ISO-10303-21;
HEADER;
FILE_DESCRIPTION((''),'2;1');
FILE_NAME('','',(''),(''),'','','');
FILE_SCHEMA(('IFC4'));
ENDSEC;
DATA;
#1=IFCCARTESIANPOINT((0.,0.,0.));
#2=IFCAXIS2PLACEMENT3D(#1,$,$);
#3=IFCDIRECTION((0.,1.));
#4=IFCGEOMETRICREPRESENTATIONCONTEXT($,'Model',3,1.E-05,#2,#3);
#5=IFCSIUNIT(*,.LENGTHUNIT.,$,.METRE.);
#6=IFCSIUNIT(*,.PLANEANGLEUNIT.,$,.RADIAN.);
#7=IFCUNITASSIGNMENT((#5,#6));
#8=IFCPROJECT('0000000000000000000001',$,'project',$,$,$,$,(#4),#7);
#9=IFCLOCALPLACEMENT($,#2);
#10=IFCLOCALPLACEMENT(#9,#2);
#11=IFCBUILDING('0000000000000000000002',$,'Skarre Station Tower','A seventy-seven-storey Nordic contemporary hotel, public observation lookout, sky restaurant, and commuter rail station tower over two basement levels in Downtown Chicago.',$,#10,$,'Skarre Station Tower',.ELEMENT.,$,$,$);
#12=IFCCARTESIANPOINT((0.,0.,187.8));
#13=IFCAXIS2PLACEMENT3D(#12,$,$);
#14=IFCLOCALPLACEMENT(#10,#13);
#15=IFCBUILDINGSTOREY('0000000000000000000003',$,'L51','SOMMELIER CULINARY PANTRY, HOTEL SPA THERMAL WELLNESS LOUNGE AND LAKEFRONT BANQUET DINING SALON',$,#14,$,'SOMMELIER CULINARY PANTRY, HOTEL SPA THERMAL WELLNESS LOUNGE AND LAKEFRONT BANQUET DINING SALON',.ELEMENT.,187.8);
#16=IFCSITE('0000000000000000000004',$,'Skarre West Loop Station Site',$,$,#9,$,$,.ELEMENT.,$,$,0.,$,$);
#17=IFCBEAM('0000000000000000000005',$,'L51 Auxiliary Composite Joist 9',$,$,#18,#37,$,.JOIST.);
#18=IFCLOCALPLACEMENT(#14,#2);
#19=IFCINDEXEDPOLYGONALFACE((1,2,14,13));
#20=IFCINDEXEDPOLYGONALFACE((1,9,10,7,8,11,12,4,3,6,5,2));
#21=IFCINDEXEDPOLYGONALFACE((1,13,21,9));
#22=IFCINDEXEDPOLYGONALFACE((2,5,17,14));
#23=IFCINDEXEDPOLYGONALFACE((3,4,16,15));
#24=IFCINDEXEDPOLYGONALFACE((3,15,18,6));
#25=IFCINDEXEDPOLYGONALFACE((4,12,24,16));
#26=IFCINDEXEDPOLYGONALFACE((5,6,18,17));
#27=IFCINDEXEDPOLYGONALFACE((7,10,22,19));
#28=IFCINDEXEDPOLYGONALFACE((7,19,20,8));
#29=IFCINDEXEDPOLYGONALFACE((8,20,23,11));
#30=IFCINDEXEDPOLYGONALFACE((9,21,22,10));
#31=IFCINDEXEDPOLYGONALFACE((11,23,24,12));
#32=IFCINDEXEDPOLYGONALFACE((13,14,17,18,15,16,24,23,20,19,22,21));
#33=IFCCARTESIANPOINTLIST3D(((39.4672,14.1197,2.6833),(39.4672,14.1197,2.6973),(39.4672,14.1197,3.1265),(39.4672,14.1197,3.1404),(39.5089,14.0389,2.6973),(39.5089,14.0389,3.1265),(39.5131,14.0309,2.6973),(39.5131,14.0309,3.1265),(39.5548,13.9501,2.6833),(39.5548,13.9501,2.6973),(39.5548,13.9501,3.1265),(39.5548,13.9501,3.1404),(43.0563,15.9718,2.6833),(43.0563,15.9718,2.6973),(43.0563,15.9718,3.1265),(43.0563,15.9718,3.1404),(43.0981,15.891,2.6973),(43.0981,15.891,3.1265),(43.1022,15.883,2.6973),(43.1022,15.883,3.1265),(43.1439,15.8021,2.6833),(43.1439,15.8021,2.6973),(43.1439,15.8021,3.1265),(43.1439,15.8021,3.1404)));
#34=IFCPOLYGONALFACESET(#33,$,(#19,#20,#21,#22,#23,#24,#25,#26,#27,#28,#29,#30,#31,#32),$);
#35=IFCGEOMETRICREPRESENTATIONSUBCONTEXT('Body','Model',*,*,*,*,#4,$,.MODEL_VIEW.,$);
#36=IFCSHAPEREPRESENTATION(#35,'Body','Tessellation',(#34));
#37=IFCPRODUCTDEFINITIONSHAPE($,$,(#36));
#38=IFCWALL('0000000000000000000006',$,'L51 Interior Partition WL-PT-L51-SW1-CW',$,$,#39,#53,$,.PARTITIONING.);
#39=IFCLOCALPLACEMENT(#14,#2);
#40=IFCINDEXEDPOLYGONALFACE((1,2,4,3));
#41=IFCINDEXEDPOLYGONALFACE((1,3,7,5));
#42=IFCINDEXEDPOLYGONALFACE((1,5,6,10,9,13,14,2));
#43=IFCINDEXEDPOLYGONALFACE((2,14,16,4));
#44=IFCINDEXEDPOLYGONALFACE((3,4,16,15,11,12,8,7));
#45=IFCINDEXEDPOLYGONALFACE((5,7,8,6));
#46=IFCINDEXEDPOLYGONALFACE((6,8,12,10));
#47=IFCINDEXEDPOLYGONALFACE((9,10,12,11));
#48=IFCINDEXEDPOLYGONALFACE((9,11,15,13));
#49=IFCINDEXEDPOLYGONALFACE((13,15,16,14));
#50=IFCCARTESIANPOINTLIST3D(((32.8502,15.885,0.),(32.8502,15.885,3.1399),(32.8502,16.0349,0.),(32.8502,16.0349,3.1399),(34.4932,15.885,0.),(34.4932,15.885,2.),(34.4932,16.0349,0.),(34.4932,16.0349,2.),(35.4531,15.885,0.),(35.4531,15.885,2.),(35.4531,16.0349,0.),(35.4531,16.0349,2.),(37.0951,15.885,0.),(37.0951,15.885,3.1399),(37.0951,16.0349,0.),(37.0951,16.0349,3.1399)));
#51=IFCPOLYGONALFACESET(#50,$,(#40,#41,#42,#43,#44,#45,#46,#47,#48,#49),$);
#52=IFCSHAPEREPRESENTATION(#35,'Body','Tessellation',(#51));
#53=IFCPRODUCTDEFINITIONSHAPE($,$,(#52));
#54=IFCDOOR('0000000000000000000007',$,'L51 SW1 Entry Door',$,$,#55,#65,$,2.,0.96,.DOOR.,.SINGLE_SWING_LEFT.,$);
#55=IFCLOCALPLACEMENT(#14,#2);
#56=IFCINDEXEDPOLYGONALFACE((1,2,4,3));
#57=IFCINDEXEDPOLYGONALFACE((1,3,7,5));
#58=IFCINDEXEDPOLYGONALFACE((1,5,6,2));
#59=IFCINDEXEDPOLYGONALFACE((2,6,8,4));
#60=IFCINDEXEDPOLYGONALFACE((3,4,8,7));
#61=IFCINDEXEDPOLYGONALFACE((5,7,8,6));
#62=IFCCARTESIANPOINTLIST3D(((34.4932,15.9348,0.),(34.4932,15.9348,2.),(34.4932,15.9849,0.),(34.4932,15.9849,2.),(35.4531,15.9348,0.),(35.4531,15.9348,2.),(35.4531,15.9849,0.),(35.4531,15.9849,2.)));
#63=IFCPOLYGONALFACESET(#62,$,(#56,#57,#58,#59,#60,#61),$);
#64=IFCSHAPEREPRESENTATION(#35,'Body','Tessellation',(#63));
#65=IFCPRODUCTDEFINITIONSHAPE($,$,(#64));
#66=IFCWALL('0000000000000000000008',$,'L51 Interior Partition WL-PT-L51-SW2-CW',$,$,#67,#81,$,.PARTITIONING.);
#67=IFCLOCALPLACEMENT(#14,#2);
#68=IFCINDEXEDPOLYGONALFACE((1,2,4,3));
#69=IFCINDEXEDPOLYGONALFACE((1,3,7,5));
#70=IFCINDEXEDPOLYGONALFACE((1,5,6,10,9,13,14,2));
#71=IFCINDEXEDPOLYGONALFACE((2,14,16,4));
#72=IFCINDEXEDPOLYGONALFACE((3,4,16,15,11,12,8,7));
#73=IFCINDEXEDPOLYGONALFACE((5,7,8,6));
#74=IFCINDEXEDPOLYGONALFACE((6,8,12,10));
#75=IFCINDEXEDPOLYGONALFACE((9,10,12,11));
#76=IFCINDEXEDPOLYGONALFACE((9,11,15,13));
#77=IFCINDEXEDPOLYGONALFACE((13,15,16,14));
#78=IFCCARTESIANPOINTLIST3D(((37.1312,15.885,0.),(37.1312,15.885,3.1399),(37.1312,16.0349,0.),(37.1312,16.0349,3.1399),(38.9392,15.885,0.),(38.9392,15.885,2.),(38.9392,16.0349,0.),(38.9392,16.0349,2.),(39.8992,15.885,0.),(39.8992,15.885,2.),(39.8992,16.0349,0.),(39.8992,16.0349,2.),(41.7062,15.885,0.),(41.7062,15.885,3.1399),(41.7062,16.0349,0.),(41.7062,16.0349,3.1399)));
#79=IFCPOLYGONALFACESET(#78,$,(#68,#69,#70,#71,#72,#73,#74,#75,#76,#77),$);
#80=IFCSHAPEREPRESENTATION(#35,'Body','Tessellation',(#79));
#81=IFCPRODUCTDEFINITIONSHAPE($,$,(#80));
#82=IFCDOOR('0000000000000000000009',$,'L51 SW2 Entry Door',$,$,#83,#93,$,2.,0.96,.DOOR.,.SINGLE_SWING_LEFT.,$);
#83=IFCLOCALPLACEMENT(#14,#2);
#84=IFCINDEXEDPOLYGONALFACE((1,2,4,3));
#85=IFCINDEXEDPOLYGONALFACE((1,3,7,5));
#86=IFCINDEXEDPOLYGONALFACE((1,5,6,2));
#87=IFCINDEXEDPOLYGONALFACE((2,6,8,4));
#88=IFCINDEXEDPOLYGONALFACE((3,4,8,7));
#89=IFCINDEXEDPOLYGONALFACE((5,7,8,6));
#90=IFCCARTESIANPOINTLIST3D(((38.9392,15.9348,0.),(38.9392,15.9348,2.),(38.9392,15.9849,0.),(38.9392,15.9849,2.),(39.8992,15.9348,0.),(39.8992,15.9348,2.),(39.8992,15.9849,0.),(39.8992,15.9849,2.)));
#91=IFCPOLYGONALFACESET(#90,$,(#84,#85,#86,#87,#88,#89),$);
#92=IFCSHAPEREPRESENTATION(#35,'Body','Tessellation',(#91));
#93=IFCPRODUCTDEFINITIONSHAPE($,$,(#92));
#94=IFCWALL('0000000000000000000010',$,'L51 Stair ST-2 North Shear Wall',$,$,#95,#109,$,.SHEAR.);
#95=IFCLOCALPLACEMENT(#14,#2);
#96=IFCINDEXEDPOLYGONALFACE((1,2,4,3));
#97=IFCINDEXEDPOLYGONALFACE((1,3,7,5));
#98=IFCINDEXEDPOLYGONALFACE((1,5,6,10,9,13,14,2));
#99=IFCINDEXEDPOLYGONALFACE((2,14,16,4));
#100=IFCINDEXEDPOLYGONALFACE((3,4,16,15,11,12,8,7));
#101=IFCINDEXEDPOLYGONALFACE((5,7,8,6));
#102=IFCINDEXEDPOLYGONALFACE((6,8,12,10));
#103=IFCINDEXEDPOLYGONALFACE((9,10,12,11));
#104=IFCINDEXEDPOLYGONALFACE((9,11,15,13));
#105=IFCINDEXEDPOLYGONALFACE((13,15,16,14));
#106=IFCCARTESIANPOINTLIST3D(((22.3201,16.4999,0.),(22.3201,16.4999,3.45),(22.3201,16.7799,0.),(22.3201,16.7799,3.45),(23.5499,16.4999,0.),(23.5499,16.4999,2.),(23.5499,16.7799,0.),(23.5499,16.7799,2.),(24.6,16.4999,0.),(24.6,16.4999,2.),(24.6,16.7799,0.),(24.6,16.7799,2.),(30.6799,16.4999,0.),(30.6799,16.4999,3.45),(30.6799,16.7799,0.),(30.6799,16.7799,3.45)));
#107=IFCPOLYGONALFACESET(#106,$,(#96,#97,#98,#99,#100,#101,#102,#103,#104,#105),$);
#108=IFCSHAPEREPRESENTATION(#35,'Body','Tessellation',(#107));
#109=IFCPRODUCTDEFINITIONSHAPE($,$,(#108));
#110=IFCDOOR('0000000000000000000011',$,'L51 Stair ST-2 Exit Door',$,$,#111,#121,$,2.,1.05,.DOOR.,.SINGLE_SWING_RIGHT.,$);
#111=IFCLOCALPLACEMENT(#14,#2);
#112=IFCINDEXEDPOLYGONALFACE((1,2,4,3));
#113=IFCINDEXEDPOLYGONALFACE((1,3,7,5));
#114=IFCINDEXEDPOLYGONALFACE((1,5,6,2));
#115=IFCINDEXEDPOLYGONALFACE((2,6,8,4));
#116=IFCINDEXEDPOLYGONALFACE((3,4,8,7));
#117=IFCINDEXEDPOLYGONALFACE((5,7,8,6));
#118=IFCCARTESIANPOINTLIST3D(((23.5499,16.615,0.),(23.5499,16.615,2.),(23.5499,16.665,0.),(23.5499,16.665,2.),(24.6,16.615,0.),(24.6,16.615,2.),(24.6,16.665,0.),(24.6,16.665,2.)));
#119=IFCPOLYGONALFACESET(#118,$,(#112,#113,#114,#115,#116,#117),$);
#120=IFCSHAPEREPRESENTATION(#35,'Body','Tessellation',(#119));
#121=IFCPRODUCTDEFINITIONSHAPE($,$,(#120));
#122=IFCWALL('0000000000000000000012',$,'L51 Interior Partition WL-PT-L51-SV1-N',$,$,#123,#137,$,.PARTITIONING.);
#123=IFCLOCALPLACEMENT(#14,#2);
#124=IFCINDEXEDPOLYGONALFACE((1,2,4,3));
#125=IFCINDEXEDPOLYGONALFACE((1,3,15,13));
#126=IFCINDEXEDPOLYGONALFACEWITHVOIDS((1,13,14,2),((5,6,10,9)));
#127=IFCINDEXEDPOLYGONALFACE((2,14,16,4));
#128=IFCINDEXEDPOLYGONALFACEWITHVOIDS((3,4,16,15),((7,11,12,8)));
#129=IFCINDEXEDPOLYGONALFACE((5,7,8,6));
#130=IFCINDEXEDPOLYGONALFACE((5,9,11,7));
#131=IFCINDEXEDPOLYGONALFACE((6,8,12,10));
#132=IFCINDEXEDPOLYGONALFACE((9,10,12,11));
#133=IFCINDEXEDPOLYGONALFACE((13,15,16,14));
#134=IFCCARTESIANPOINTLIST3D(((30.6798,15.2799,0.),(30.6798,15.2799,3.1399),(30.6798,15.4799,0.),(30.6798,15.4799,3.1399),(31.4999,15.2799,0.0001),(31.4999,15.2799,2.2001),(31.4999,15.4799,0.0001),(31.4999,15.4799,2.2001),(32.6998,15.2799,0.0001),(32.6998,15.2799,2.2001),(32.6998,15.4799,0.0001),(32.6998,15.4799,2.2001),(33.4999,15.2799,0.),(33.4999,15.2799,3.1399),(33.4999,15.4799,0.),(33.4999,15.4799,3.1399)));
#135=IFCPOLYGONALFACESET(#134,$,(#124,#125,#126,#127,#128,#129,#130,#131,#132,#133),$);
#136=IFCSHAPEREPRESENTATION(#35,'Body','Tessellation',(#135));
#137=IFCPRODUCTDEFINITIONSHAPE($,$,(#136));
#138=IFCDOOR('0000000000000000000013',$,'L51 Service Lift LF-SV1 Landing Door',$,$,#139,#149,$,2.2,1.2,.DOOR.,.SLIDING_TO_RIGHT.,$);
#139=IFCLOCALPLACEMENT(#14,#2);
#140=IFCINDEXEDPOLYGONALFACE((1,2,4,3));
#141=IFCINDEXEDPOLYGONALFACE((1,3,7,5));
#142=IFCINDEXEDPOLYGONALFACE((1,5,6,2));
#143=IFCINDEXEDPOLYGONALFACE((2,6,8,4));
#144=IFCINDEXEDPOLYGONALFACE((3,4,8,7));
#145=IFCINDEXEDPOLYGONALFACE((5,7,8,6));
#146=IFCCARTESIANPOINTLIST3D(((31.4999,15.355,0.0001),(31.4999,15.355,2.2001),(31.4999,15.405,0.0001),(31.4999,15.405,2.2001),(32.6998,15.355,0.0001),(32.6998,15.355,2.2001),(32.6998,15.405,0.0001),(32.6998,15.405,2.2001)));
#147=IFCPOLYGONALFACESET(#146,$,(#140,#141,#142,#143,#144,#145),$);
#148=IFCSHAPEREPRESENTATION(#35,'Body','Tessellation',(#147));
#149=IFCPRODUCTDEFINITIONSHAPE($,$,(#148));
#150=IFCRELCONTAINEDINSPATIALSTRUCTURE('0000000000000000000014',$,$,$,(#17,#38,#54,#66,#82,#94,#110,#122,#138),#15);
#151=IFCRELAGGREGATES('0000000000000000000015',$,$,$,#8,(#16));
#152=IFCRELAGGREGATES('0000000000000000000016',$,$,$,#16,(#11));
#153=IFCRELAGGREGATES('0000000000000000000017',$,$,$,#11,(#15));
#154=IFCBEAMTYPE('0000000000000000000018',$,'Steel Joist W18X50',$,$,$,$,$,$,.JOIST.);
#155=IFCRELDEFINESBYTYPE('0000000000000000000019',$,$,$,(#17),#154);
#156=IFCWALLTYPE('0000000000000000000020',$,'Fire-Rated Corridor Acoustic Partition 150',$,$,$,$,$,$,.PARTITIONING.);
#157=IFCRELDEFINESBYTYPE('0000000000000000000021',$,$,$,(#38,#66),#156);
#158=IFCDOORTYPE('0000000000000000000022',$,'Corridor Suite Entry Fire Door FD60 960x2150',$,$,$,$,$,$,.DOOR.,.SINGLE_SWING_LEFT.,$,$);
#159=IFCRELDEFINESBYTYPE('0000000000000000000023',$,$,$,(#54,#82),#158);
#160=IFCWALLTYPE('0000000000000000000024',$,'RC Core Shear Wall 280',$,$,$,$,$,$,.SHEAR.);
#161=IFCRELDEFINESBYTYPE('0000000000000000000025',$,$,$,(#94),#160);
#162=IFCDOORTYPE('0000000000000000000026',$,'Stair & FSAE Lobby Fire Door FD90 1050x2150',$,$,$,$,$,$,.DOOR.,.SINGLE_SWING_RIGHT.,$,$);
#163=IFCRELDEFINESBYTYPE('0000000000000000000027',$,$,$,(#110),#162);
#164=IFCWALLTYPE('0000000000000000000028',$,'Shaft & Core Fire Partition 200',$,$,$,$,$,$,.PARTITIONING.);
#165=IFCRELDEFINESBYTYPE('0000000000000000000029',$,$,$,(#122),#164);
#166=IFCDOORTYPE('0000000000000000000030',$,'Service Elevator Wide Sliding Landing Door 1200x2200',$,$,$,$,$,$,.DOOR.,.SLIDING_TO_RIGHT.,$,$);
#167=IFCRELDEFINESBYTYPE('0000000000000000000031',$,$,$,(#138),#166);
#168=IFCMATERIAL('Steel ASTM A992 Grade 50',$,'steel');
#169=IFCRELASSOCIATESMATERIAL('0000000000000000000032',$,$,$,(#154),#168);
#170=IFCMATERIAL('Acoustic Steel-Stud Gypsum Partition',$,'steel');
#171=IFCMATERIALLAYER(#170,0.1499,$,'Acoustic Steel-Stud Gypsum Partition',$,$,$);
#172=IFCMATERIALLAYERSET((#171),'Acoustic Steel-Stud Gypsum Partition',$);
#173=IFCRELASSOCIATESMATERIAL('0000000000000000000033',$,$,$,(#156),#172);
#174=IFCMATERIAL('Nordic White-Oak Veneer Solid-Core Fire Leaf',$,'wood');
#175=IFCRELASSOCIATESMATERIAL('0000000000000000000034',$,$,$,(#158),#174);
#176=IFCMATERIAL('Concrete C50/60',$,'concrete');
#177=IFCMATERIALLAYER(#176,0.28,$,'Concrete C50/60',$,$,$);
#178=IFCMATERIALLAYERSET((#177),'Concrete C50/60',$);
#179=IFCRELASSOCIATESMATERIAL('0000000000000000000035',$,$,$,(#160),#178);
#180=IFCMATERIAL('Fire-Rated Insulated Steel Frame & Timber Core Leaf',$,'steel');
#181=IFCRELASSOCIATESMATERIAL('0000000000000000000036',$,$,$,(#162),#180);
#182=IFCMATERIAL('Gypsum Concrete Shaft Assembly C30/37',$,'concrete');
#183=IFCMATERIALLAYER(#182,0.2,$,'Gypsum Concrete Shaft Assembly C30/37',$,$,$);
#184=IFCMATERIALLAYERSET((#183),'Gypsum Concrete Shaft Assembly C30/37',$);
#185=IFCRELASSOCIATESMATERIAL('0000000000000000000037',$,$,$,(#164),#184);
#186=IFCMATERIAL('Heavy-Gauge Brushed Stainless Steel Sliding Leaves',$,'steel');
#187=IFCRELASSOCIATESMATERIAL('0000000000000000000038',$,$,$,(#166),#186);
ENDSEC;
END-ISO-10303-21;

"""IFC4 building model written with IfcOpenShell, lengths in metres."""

from ifc_helpers import new_model, si_unit, direction, frame, frame_2d, origin, origin_2d, place, context, subcontext, project, spatial, rectangle, i_section, extrude, material, layer, layer_set, material_profile, profile_set, type_object, element, fill, save


model = new_model("IFC4")

# Units and contexts
model_context = context("Model", 3, precision=1e-05, world=origin(), true_north=direction((0.0, 1.0)))
body_context = subcontext(model_context, "Body", "Model", "MODEL_VIEW")
ifc_project = project(units=[si_unit("LENGTHUNIT", "METRE"), si_unit("PLANEANGLEUNIT", "RADIAN")], contexts=[model_context])

# Site, building, storey
site_placement = place(None, origin())
site = spatial("IfcSite", under=ifc_project, at=site_placement, Name="Skarre West Loop Station Site", CompositionType="ELEMENT", RefElevation=0.0)
building_placement = place(site_placement, origin())
building = spatial("IfcBuilding", under=site, at=building_placement, Name="Skarre Station Tower", Description="A seventy-seven-storey Nordic contemporary hotel, public observation lookout, sky restaurant, and commuter rail station tower over two basement levels in Downtown Chicago.", LongName="Skarre Station Tower", CompositionType="ELEMENT")
storey_placement = place(building_placement, frame((0.0, 0.0, 187.8)))
storey = spatial("IfcBuildingStorey", under=building, at=storey_placement, Name="L51", Description="SOMMELIER CULINARY PANTRY, HOTEL SPA THERMAL WELLNESS LOUNGE AND LAKEFRONT BANQUET DINING SALON", LongName="SOMMELIER CULINARY PANTRY, HOTEL SPA THERMAL WELLNESS LOUNGE AND LAKEFRONT BANQUET DINING SALON", CompositionType="ELEMENT", Elevation=187.8)

# Beam
ifc_material_1 = material(Name="Steel ASTM A992 Grade 50", Category="steel")
ifc_material_profile_1 = material_profile(ifc_material_1, i_section(OverallWidth=0.1909, OverallDepth=0.457, WebThickness=0.009, FlangeThickness=0.0139, at=origin_2d()), Name="Steel ASTM A992 Grade 50")
ifc_profile_set_1 = profile_set([ifc_material_profile_1], Name="Steel ASTM A992 Grade 50")
beam_type_1 = type_object("IfcBeamType", Name="Steel Joist W18X50", PredefinedType="JOIST", material=ifc_profile_set_1)
beam_1_placement = place(storey_placement, frame((39.511, 14.0349, 2.9119), z_axis=(0.88866, 0.458566, 0.0), x_axis=(-0.458566, 0.88866, 0.0)))
element("IfcBeam", 1, at=beam_1_placement, inside=storey, type_object=beam_type_1, Name="L51 Auxiliary Composite Joist 9", PredefinedType="JOIST", context=body_context, shape_type="SweptSolid", body=[
    extrude(i_section(OverallWidth=0.1909, OverallDepth=0.457, WebThickness=0.009, FlangeThickness=0.0139, at=origin_2d()), origin(), (0.0, 0.0, 1.0), 4.0388),
])

# Walls, openings, doors
ifc_material_2 = material(Name="Acoustic Steel-Stud Gypsum Partition", Category="steel")
ifc_layer_1 = layer(ifc_material_2, 0.1499, Name="Acoustic Steel-Stud Gypsum Partition")
ifc_layer_set_1 = layer_set([ifc_layer_1], Name="Acoustic Steel-Stud Gypsum Partition")
wall_type_1 = type_object("IfcWallType", Name="Fire-Rated Corridor Acoustic Partition 150", PredefinedType="PARTITIONING", material=ifc_layer_set_1)
wall_1_placement = place(storey_placement, frame((32.8501, 15.96, 0.0), z_axis=(0.0, 0.0, 1.0), x_axis=(1.0, 0.0, 0.0)))
wall_1 = element("IfcWall", 2, at=wall_1_placement, inside=storey, type_object=wall_type_1, Name="L51 Interior Partition WL-PT-L51-SW1-CW", PredefinedType="PARTITIONING", context=body_context, shape_type="SweptSolid", body=[
    extrude(rectangle(XDim=4.2449, YDim=0.1499, at=frame_2d((2.1226, 0.0))), origin(), (0.0, 0.0, 1.0), 3.1399),
])
opening_1_placement = place(wall_1_placement, frame((1.6431, 0.0, 0.0)))
opening_1 = element("IfcOpeningElement", 3, at=opening_1_placement, cuts=wall_1, PredefinedType="OPENING", context=body_context, shape_type="SweptSolid", body=[
    extrude(rectangle(XDim=0.96, YDim=2.0, at=frame_2d((0.48, 1.0))), frame((0.0, 0.085, 0.0), z_axis=(0.0, -1.0, 0.0), x_axis=(1.0, 0.0, 0.0)), (0.0, 0.0, 1.0), 0.1699),
])
ifc_material_3 = material(Name="Nordic White-Oak Veneer Solid-Core Fire Leaf", Category="wood")
door_type_1 = type_object("IfcDoorType", Name="Corridor Suite Entry Fire Door FD60 960x2150", OperationType="SINGLE_SWING_LEFT", PredefinedType="DOOR", material=ifc_material_3)
door_1_placement = place(opening_1_placement, origin())
door_1 = element("IfcDoor", 4, at=door_1_placement, inside=storey, type_object=door_type_1, Name="L51 SW1 Entry Door", OperationType="SINGLE_SWING_LEFT", OverallHeight=2.0, OverallWidth=0.96, PredefinedType="DOOR", context=body_context, shape_type="SweptSolid", body=[
    extrude(rectangle(XDim=0.96, YDim=2.0, at=frame_2d((0.48, 1.0))), frame((0.0, 0.0249, 0.0), z_axis=(0.0, -1.0, 0.0), x_axis=(1.0, 0.0, 0.0)), (0.0, 0.0, 1.0), 0.05),
])
fill(opening_1, door_1)
wall_2_placement = place(storey_placement, frame((37.1311, 15.96, 0.0), z_axis=(0.0, 0.0, 1.0), x_axis=(1.0, 0.0, 0.0)))
wall_2 = element("IfcWall", 5, at=wall_2_placement, inside=storey, type_object=wall_type_1, Name="L51 Interior Partition WL-PT-L51-SW2-CW", PredefinedType="PARTITIONING", context=body_context, shape_type="SweptSolid", body=[
    extrude(rectangle(XDim=4.575, YDim=0.1499, at=frame_2d((2.2876, 0.0))), origin(), (0.0, 0.0, 1.0), 3.1399),
])
opening_2_placement = place(wall_2_placement, frame((1.8081, 0.0, 0.0)))
opening_2 = element("IfcOpeningElement", 6, at=opening_2_placement, cuts=wall_2, PredefinedType="OPENING", context=body_context, shape_type="SweptSolid", body=[
    extrude(rectangle(XDim=0.96, YDim=2.0, at=frame_2d((0.48, 1.0))), frame((0.0, 0.085, 0.0), z_axis=(0.0, -1.0, 0.0), x_axis=(1.0, 0.0, 0.0)), (0.0, 0.0, 1.0), 0.1699),
])
door_2_placement = place(opening_2_placement, origin())
door_2 = element("IfcDoor", 7, at=door_2_placement, inside=storey, type_object=door_type_1, Name="L51 SW2 Entry Door", OperationType="SINGLE_SWING_LEFT", OverallHeight=2.0, OverallWidth=0.96, PredefinedType="DOOR", context=body_context, shape_type="SweptSolid", body=[
    extrude(rectangle(XDim=0.96, YDim=2.0, at=frame_2d((0.48, 1.0))), frame((0.0, 0.0249, 0.0), z_axis=(0.0, -1.0, 0.0), x_axis=(1.0, 0.0, 0.0)), (0.0, 0.0, 1.0), 0.05),
])
fill(opening_2, door_2)
ifc_material_4 = material(Name="Concrete C50/60", Category="concrete")
ifc_layer_2 = layer(ifc_material_4, 0.28, Name="Concrete C50/60")
ifc_layer_set_2 = layer_set([ifc_layer_2], Name="Concrete C50/60")
wall_type_2 = type_object("IfcWallType", Name="RC Core Shear Wall 280", PredefinedType="SHEAR", material=ifc_layer_set_2)
wall_3_placement = place(storey_placement, frame((30.6799, 16.6399, 0.0), z_axis=(0.0, 0.0, 1.0), x_axis=(-1.0, 0.0, 0.0)))
wall_3 = element("IfcWall", 8, at=wall_3_placement, inside=storey, type_object=wall_type_2, Name="L51 Stair ST-2 North Shear Wall", PredefinedType="SHEAR", context=body_context, shape_type="SweptSolid", body=[
    extrude(rectangle(XDim=8.3599, YDim=0.28, at=frame_2d((4.1799, 0.0))), origin(), (0.0, 0.0, 1.0), 3.45),
])
opening_3_placement = place(wall_3_placement, frame((6.0801, 0.0, 0.0)))
opening_3 = element("IfcOpeningElement", 9, at=opening_3_placement, cuts=wall_3, PredefinedType="OPENING", context=body_context, shape_type="SweptSolid", body=[
    extrude(rectangle(XDim=1.05, YDim=2.0, at=frame_2d((0.5249, 1.0))), frame((0.0, 0.1499, 0.0), z_axis=(0.0, -1.0, 0.0), x_axis=(1.0, 0.0, 0.0)), (0.0, 0.0, 1.0), 0.3),
])
ifc_material_5 = material(Name="Fire-Rated Insulated Steel Frame & Timber Core Leaf", Category="steel")
door_type_2 = type_object("IfcDoorType", Name="Stair & FSAE Lobby Fire Door FD90 1050x2150", OperationType="SINGLE_SWING_RIGHT", PredefinedType="DOOR", material=ifc_material_5)
door_3_placement = place(opening_3_placement, origin())
door_3 = element("IfcDoor", 10, at=door_3_placement, inside=storey, type_object=door_type_2, Name="L51 Stair ST-2 Exit Door", OperationType="SINGLE_SWING_RIGHT", OverallHeight=2.0, OverallWidth=1.05, PredefinedType="DOOR", context=body_context, shape_type="SweptSolid", body=[
    extrude(rectangle(XDim=1.05, YDim=2.0, at=frame_2d((0.5249, 1.0))), frame((0.0, 0.0249, 0.0), z_axis=(0.0, -1.0, 0.0), x_axis=(1.0, 0.0, 0.0)), (0.0, 0.0, 1.0), 0.05),
])
fill(opening_3, door_3)
ifc_material_6 = material(Name="Gypsum Concrete Shaft Assembly C30/37", Category="concrete")
ifc_layer_3 = layer(ifc_material_6, 0.2, Name="Gypsum Concrete Shaft Assembly C30/37")
ifc_layer_set_3 = layer_set([ifc_layer_3], Name="Gypsum Concrete Shaft Assembly C30/37")
wall_type_3 = type_object("IfcWallType", Name="Shaft & Core Fire Partition 200", PredefinedType="PARTITIONING", material=ifc_layer_set_3)
wall_4_placement = place(storey_placement, frame((33.5, 15.3799, 0.0), z_axis=(0.0, 0.0, 1.0), x_axis=(-1.0, 0.0, 0.0)))
wall_4 = element("IfcWall", 11, at=wall_4_placement, inside=storey, type_object=wall_type_3, Name="L51 Interior Partition WL-PT-L51-SV1-N", PredefinedType="PARTITIONING", context=body_context, shape_type="SweptSolid", body=[
    extrude(rectangle(XDim=2.8201, YDim=0.2, at=frame_2d((1.4102, 0.0))), origin(), (0.0, 0.0, 1.0), 3.1399),
])
opening_4_placement = place(wall_4_placement, frame((0.8, 0.0, 0.0)))
opening_4 = element("IfcOpeningElement", 12, at=opening_4_placement, cuts=wall_4, PredefinedType="OPENING", context=body_context, shape_type="SweptSolid", body=[
    extrude(rectangle(XDim=1.2, YDim=2.2, at=frame_2d((0.6001, 1.1001))), frame((0.0, 0.1099, 0.0), z_axis=(0.0, -1.0, 0.0), x_axis=(1.0, 0.0, 0.0)), (0.0, 0.0, 1.0), 0.22),
])
ifc_material_7 = material(Name="Heavy-Gauge Brushed Stainless Steel Sliding Leaves", Category="steel")
door_type_3 = type_object("IfcDoorType", Name="Service Elevator Wide Sliding Landing Door 1200x2200", OperationType="SLIDING_TO_RIGHT", PredefinedType="DOOR", material=ifc_material_7)
door_4_placement = place(opening_4_placement, origin())
door_4 = element("IfcDoor", 13, at=door_4_placement, inside=storey, type_object=door_type_3, Name="L51 Service Lift LF-SV1 Landing Door", OperationType="SLIDING_TO_RIGHT", OverallHeight=2.2, OverallWidth=1.2, PredefinedType="DOOR", context=body_context, shape_type="SweptSolid", body=[
    extrude(rectangle(XDim=1.2, YDim=2.2, at=frame_2d((0.6001, 1.1001))), frame((0.0, 0.0249, 0.0), z_axis=(0.0, -1.0, 0.0), x_axis=(1.0, 0.0, 0.0)), (0.0, 0.0, 1.0), 0.05),
])
fill(opening_4, door_4)

save(model, "model.ifc")
